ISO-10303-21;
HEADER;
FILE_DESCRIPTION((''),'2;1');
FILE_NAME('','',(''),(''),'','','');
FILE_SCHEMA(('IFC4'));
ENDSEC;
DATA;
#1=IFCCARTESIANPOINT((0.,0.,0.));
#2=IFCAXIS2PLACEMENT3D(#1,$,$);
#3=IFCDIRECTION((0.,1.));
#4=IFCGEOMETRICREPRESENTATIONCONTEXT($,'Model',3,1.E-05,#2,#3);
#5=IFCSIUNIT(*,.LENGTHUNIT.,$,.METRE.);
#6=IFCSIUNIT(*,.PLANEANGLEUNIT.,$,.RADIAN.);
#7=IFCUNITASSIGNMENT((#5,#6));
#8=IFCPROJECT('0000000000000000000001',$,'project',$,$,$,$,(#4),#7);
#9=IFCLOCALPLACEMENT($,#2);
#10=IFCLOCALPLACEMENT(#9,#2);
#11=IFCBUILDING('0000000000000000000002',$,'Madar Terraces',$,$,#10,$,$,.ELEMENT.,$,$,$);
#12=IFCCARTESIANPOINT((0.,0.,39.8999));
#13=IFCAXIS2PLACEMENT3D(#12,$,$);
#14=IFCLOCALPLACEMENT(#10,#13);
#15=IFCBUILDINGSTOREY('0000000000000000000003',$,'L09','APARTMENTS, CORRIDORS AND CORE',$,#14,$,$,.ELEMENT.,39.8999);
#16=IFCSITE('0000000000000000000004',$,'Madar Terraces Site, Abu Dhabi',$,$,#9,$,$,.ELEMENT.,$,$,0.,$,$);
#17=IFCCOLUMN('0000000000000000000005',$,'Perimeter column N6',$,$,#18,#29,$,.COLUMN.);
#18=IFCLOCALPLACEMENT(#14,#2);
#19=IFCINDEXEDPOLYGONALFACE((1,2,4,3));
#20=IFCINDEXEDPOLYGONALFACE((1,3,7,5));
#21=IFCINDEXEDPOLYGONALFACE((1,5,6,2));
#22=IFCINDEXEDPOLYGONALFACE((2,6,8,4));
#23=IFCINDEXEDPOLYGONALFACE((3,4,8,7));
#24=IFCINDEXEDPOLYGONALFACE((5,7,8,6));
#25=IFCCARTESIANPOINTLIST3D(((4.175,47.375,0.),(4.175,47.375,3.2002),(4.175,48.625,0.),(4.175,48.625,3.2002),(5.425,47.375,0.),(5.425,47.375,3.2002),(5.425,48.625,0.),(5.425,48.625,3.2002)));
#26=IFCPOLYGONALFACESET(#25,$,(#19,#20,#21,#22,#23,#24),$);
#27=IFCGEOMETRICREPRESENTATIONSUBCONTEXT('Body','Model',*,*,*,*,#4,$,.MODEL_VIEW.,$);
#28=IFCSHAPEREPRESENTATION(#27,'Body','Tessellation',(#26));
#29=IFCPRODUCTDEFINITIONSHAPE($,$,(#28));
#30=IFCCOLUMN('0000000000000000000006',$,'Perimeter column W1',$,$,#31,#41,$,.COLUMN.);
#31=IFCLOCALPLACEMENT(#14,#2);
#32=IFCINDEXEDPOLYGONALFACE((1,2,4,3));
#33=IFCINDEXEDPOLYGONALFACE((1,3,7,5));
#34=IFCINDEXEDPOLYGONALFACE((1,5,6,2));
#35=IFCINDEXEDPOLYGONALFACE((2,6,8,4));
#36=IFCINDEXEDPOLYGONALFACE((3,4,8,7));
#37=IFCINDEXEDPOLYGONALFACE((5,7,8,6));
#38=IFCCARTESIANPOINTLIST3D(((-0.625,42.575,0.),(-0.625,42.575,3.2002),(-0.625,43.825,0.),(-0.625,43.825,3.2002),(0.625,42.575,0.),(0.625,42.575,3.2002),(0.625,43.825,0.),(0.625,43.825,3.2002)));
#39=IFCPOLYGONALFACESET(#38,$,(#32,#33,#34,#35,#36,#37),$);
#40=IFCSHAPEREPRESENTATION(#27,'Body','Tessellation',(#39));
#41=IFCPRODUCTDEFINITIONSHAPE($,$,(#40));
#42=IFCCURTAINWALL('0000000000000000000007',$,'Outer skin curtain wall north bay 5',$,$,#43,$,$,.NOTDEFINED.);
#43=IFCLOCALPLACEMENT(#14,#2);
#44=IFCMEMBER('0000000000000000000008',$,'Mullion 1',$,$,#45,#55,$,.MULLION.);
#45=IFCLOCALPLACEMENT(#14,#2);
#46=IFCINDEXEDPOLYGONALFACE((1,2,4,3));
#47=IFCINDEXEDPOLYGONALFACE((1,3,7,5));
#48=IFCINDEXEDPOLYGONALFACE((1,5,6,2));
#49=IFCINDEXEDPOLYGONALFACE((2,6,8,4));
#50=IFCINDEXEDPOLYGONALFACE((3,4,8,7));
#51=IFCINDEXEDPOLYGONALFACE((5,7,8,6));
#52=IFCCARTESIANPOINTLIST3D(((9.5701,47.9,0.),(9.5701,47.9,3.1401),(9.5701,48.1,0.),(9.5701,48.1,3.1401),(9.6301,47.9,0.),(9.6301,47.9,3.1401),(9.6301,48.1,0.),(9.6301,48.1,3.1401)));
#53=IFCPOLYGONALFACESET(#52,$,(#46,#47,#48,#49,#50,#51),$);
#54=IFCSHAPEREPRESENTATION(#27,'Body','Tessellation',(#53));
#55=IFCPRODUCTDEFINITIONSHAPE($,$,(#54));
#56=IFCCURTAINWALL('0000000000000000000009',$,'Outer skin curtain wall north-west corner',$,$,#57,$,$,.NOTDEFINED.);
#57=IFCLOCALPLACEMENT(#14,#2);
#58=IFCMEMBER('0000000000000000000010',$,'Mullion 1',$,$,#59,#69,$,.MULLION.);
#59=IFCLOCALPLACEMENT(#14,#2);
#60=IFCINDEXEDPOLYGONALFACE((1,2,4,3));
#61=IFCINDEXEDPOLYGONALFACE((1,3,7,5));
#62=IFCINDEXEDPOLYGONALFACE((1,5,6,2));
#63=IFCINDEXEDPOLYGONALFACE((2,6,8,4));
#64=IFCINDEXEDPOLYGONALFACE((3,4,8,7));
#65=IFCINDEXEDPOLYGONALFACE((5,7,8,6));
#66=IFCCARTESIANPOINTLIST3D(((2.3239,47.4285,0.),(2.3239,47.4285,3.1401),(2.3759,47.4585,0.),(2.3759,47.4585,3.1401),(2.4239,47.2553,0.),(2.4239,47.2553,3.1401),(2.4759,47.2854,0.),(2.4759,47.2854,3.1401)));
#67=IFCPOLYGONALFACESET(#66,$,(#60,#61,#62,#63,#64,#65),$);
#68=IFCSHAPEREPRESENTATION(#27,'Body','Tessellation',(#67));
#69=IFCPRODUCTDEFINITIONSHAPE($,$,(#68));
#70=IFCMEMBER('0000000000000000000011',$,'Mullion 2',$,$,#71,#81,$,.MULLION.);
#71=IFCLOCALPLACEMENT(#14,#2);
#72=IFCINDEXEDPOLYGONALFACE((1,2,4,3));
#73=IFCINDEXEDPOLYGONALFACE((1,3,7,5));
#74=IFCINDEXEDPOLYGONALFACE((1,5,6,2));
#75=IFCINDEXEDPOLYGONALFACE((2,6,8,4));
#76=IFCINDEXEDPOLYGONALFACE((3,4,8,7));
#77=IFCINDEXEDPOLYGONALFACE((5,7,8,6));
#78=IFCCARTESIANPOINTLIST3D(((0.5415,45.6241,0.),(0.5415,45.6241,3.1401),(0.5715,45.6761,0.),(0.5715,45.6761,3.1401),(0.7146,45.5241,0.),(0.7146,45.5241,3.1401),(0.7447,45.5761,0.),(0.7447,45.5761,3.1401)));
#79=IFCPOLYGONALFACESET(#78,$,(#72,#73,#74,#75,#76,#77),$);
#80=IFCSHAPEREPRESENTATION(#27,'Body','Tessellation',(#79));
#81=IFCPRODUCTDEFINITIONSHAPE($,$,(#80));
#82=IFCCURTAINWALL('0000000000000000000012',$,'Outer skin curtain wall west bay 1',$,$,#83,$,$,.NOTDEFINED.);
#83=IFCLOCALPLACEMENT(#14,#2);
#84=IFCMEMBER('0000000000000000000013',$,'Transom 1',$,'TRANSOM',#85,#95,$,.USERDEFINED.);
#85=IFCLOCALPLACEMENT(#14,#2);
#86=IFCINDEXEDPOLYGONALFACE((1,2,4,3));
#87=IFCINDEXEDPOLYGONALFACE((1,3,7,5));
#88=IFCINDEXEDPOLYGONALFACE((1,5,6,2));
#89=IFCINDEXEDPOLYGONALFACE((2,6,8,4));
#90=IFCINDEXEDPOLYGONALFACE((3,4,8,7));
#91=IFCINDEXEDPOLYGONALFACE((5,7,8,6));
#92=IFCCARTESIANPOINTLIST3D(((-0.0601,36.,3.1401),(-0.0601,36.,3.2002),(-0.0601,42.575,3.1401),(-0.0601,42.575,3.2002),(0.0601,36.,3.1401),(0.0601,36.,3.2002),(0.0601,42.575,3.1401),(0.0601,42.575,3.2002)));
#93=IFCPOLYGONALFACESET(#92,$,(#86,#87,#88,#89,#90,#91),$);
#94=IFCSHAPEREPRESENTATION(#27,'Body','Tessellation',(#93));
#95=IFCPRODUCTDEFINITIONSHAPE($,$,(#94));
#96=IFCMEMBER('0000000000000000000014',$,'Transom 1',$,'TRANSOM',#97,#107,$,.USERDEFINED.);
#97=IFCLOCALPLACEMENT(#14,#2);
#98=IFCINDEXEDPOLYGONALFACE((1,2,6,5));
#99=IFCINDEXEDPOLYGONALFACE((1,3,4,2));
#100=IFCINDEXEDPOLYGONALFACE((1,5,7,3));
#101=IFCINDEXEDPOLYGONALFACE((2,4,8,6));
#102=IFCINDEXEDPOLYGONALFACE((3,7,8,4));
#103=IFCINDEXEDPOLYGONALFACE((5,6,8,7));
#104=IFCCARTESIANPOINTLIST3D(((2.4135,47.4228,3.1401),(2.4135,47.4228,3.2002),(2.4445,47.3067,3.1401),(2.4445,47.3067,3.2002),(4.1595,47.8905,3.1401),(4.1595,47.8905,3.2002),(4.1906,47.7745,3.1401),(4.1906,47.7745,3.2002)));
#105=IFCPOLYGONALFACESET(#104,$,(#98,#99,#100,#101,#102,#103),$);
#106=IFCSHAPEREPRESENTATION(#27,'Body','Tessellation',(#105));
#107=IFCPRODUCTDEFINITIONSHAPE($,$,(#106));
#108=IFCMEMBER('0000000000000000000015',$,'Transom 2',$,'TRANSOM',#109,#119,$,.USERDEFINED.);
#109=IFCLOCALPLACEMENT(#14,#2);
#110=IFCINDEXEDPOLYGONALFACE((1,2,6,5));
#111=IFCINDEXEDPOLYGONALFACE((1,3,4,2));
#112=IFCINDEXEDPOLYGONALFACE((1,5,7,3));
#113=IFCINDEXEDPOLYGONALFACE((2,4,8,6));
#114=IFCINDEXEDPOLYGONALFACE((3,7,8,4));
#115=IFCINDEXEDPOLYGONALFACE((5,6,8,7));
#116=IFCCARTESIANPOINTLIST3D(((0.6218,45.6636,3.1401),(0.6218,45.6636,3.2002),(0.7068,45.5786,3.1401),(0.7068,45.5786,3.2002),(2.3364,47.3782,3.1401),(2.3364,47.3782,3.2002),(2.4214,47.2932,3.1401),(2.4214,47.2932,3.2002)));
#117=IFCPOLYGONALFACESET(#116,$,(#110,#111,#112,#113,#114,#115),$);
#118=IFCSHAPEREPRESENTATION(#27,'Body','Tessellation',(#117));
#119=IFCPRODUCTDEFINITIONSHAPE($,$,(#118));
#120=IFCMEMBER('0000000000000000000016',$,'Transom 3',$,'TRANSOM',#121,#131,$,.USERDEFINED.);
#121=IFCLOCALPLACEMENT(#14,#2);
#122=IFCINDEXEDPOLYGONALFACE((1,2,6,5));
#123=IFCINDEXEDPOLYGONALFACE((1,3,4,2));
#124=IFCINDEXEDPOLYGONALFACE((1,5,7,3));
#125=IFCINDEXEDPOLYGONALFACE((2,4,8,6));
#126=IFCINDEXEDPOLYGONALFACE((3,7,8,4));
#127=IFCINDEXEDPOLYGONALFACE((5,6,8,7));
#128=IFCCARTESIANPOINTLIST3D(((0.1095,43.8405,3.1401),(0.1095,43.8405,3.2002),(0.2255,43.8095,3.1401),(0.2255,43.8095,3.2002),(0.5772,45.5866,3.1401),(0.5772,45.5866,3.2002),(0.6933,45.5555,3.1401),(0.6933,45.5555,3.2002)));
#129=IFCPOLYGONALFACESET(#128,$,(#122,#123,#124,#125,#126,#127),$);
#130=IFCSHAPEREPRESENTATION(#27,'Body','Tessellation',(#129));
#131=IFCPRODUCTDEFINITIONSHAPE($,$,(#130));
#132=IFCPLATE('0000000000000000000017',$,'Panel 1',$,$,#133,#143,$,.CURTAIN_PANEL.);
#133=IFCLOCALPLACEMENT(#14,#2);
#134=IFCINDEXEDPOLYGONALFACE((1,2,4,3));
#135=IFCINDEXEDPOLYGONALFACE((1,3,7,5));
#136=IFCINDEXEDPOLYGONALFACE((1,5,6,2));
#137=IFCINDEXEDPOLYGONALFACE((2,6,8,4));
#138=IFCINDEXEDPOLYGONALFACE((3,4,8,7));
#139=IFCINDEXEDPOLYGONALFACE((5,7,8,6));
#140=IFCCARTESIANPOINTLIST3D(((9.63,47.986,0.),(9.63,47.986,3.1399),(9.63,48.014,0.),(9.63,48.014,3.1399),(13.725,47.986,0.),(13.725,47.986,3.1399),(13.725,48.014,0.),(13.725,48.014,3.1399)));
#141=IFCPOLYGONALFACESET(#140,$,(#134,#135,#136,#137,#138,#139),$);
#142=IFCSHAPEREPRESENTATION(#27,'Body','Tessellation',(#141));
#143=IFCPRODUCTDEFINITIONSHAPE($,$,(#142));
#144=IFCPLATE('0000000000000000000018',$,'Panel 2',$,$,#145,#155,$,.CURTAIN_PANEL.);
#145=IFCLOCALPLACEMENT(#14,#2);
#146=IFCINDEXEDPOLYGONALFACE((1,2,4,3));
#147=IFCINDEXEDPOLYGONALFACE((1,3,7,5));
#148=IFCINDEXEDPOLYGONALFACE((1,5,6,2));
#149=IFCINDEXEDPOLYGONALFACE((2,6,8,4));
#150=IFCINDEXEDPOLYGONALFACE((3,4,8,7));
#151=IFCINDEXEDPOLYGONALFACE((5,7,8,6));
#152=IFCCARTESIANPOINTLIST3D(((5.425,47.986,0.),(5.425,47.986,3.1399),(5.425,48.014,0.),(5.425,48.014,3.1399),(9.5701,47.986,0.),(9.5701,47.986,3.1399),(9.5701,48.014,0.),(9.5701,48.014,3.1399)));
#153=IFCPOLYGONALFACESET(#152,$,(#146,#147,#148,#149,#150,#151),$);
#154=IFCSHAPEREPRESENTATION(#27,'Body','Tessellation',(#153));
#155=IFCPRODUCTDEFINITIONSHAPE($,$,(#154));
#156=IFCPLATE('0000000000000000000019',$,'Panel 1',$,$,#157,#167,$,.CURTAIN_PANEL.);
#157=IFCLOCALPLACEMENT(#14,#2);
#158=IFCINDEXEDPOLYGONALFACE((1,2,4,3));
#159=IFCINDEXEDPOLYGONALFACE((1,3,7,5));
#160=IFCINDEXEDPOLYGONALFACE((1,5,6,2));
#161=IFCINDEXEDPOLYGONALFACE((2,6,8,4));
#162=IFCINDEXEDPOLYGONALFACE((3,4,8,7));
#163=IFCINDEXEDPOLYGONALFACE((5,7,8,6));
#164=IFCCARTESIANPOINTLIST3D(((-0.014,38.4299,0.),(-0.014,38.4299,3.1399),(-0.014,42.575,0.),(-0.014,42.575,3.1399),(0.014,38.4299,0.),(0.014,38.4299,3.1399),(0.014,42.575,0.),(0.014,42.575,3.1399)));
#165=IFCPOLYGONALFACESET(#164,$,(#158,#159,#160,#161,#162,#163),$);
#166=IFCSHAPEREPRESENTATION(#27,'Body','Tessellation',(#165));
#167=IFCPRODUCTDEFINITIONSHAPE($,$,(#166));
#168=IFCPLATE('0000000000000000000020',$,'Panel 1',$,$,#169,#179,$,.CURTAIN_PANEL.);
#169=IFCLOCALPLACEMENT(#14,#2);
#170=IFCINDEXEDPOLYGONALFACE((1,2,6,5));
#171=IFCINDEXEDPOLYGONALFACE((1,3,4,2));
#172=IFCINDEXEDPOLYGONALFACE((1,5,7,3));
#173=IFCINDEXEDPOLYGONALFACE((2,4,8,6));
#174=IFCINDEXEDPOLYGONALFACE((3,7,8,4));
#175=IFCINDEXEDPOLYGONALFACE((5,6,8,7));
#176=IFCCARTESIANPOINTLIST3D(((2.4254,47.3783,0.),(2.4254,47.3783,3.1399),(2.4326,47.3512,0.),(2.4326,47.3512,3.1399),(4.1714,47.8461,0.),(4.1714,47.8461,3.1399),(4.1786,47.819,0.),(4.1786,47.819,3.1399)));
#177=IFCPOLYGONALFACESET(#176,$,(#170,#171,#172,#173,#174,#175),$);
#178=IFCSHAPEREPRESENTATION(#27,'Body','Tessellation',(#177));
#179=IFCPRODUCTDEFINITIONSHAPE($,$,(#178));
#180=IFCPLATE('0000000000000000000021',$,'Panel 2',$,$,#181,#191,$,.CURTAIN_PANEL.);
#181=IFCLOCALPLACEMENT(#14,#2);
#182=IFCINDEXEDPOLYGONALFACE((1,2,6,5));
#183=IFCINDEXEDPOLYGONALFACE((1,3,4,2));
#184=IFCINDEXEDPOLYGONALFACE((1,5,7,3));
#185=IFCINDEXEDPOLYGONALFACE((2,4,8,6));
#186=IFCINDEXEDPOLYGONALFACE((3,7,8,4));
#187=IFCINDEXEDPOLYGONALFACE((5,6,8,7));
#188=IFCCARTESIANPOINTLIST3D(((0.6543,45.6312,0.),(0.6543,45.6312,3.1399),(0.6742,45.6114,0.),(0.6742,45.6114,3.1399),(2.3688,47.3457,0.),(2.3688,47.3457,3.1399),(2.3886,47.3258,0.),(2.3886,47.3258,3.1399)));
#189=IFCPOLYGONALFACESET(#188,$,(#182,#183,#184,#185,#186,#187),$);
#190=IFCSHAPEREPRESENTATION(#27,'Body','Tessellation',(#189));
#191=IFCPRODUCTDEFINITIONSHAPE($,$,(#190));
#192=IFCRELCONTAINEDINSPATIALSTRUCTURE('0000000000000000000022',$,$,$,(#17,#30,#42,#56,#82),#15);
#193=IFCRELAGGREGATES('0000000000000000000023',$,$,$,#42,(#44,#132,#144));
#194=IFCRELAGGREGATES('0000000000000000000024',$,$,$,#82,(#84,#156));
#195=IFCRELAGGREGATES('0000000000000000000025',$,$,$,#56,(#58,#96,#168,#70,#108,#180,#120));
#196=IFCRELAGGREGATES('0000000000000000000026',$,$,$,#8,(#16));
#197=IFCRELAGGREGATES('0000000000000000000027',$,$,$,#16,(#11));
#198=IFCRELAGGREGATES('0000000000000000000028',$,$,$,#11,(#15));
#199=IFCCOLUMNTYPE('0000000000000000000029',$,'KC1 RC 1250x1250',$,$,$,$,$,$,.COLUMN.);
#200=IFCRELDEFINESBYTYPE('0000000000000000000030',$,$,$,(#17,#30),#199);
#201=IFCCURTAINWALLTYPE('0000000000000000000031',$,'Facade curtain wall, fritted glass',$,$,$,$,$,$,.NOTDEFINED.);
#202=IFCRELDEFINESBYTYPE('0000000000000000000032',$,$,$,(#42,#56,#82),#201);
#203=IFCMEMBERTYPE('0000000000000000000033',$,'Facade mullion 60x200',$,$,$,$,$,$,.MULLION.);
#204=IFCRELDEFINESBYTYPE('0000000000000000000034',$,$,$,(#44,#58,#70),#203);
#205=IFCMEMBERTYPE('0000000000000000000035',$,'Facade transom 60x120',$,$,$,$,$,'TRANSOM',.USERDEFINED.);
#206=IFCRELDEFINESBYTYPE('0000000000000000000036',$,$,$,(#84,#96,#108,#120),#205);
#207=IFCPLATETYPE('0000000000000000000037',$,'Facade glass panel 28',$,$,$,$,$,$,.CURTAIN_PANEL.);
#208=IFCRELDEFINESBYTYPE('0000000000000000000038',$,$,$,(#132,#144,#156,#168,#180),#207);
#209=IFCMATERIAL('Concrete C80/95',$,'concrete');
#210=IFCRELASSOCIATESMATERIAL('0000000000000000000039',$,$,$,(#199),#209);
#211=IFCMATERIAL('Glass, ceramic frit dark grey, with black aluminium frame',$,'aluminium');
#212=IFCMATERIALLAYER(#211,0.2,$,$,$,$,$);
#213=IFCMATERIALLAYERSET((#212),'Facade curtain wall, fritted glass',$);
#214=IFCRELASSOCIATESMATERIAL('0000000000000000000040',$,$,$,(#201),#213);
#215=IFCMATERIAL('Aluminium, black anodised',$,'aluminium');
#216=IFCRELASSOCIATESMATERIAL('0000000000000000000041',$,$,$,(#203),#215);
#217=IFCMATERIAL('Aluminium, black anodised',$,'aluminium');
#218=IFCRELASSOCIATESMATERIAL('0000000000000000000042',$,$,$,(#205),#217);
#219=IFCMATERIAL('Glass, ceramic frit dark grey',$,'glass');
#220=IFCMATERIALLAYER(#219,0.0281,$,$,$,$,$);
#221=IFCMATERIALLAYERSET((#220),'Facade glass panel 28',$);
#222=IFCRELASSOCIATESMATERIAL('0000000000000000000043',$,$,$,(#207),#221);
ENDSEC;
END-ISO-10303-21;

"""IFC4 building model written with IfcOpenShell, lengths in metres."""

from ifc_helpers import new_model, si_unit, direction, frame, origin, origin_2d, place, context, subcontext, project, spatial, rectangle, extrude, material, layer, layer_set, material_profile, profile_set, type_object, element, aggregate, save


model = new_model("IFC4")

# Units and contexts
model_context = context("Model", 3, precision=1e-05, world=origin(), true_north=direction((0.0, 1.0)))
body_context = subcontext(model_context, "Body", "Model", "MODEL_VIEW")
ifc_project = project(units=[si_unit("LENGTHUNIT", "METRE"), si_unit("PLANEANGLEUNIT", "RADIAN")], contexts=[model_context])

# Site, building, storey
site_placement = place(None, origin())
site = spatial("IfcSite", under=ifc_project, at=site_placement, Name="Madar Terraces Site, Abu Dhabi", CompositionType="ELEMENT", RefElevation=0.0)
building_placement = place(site_placement, origin())
building = spatial("IfcBuilding", under=site, at=building_placement, Name="Madar Terraces", CompositionType="ELEMENT")
storey_placement = place(building_placement, frame((0.0, 0.0, 39.8999)))
storey = spatial("IfcBuildingStorey", under=building, at=storey_placement, Name="L09", Description="APARTMENTS, CORRIDORS AND CORE", CompositionType="ELEMENT", Elevation=39.8999)

# Columns
ifc_material_1 = material(Name="Concrete C80/95", Category="concrete")
ifc_material_profile_1 = material_profile(ifc_material_1, rectangle(XDim=1.25, YDim=1.25, at=origin_2d()), Name="KC1 RC 1250x1250")
ifc_profile_set_1 = profile_set([ifc_material_profile_1], Name="Concrete C80/95")
column_type = type_object("IfcColumnType", Name="KC1 RC 1250x1250", PredefinedType="COLUMN", material=ifc_profile_set_1)
for number, where, z_axis, x_axis, name in (
    (1, (4.8, 48.0, 0.0), (0.0, 0.0, 1.0), (1.0, 0.0, 0.0), "Perimeter column N6"),
    (2, (0.0, 43.2, 0.0), (0.0, 0.0, 1.0), (1.0, 0.0, 0.0), "Perimeter column W1"),
):
    element("IfcColumn", number, at=place(storey_placement, frame(where, z_axis=z_axis, x_axis=x_axis)), inside=storey, type_object=column_type, Name=name, PredefinedType="COLUMN", context=body_context, shape_type="SweptSolid", body=[
        extrude(rectangle(XDim=1.25, YDim=1.25, at=origin_2d()), origin(), (0.0, 0.0, 1.0), 3.2002),
    ])

# Curtain wall, member
ifc_material_2 = material(Name="Glass, ceramic frit dark grey, with black aluminium frame", Category="aluminium")
ifc_layer_1 = layer(ifc_material_2, 0.2)
ifc_layer_set_1 = layer_set([ifc_layer_1], Name="Facade curtain wall, fritted glass")
curtain_wall_type = type_object("IfcCurtainWallType", Name="Facade curtain wall, fritted glass", PredefinedType="NOTDEFINED", material=ifc_layer_set_1)
curtain_wall_1_placement = place(storey_placement, origin())
curtain_wall_1 = element("IfcCurtainWall", 3, at=curtain_wall_1_placement, inside=storey, type_object=curtain_wall_type, Name="Outer skin curtain wall north bay 5", PredefinedType="NOTDEFINED")
ifc_material_3 = material(Name="Aluminium, black anodised", Category="aluminium")
ifc_material_profile_2 = material_profile(ifc_material_3, rectangle(XDim=0.2, YDim=0.0601, at=origin_2d()), Name="Facade mullion 60x200")
ifc_profile_set_2 = profile_set([ifc_material_profile_2], Name="Aluminium, black anodised")
member_type_1 = type_object("IfcMemberType", Name="Facade mullion 60x200", PredefinedType="MULLION", material=ifc_profile_set_2)
member_1_placement = place(storey_placement, frame((9.6001, 48.0, 0.0), z_axis=(0.0, 0.0, 1.0), x_axis=(0.0, -1.0, 0.0)))
member_1 = element("IfcMember", 4, at=member_1_placement, type_object=member_type_1, Name="Mullion 1", PredefinedType="MULLION", context=body_context, shape_type="SweptSolid", body=[
    extrude(rectangle(XDim=0.2, YDim=0.0601, at=origin_2d()), origin(), (0.0, 0.0, 1.0), 3.1401),
])

# Curtain wall, members
curtain_wall_2_placement = place(storey_placement, origin())
curtain_wall_2 = element("IfcCurtainWall", 5, at=curtain_wall_2_placement, inside=storey, type_object=curtain_wall_type, Name="Outer skin curtain wall north-west corner", PredefinedType="NOTDEFINED")
member_2_placement = place(storey_placement, frame((2.3999, 47.3569, 0.0), z_axis=(0.0, 0.0, 1.0), x_axis=(0.5, -0.866025, 0.0)))
member_2 = element("IfcMember", 6, at=member_2_placement, type_object=member_type_1, Name="Mullion 1", PredefinedType="MULLION", context=body_context, shape_type="SweptSolid", body=[
    extrude(rectangle(XDim=0.2, YDim=0.0601, at=origin_2d()), origin(), (0.0, 0.0, 1.0), 3.1401),
])
member_3_placement = place(storey_placement, frame((0.6431, 45.6001, 0.0), z_axis=(0.0, 0.0, 1.0), x_axis=(0.866025, -0.5, 0.0)))
member_3 = element("IfcMember", 7, at=member_3_placement, type_object=member_type_1, Name="Mullion 2", PredefinedType="MULLION", context=body_context, shape_type="SweptSolid", body=[
    extrude(rectangle(XDim=0.2, YDim=0.0601, at=origin_2d()), origin(), (0.0, 0.0, 1.0), 3.1401),
])

# Curtain wall, member
curtain_wall_3_placement = place(storey_placement, origin())
curtain_wall_3 = element("IfcCurtainWall", 8, at=curtain_wall_3_placement, inside=storey, type_object=curtain_wall_type, Name="Outer skin curtain wall west bay 1", PredefinedType="NOTDEFINED")
ifc_material_4 = material(Name="Aluminium, black anodised", Category="aluminium")
ifc_material_profile_3 = material_profile(ifc_material_4, rectangle(XDim=0.1201, YDim=0.0601, at=origin_2d()), Name="Facade transom 60x120")
ifc_profile_set_3 = profile_set([ifc_material_profile_3], Name="Aluminium, black anodised")
member_type_2 = type_object("IfcMemberType", Name="Facade transom 60x120", ElementType="TRANSOM", PredefinedType="USERDEFINED", material=ifc_profile_set_3)
member_4_placement = place(storey_placement, frame((0.0, 42.575, 3.1702), z_axis=(0.0, -1.0, 0.0), x_axis=(1.0, 0.0, 0.0)))
member_4 = element("IfcMember", 9, at=member_4_placement, type_object=member_type_2, Name="Transom 1", ObjectType="TRANSOM", PredefinedType="USERDEFINED", context=body_context, shape_type="SweptSolid", body=[
    extrude(rectangle(XDim=0.1201, YDim=0.0601, at=origin_2d()), origin(), (0.0, 0.0, 1.0), 6.575),
])

# Members
member_5_placement = place(storey_placement, frame((4.175, 47.8325, 3.1702), z_axis=(-0.965938, -0.258772, 0.0), x_axis=(0.258772, -0.965938, 0.0)))
member_5 = element("IfcMember", 10, at=member_5_placement, type_object=member_type_2, Name="Transom 1", ObjectType="TRANSOM", PredefinedType="USERDEFINED", context=body_context, shape_type="SweptSolid", body=[
    extrude(rectangle(XDim=0.1201, YDim=0.0601, at=origin_2d()), origin(), (0.0, 0.0, 1.0), 1.8076),
])
member_6_placement = place(storey_placement, frame((2.3789, 47.3357, 3.1702), z_axis=(-0.707107, -0.707107, 0.0), x_axis=(0.707107, -0.707107, 0.0)))
member_6 = element("IfcMember", 11, at=member_6_placement, type_object=member_type_2, Name="Transom 2", ObjectType="TRANSOM", PredefinedType="USERDEFINED", context=body_context, shape_type="SweptSolid", body=[
    extrude(rectangle(XDim=0.1201, YDim=0.0601, at=origin_2d()), origin(), (0.0, 0.0, 1.0), 2.4248),
])
member_7_placement = place(storey_placement, frame((0.6353, 45.571, 3.1702), z_axis=(-0.258772, -0.965938, 0.0), x_axis=(0.965938, -0.258772, 0.0)))
member_7 = element("IfcMember", 12, at=member_7_placement, type_object=member_type_2, Name="Transom 3", ObjectType="TRANSOM", PredefinedType="USERDEFINED", context=body_context, shape_type="SweptSolid", body=[
    extrude(rectangle(XDim=0.1201, YDim=0.0601, at=origin_2d()), origin(), (0.0, 0.0, 1.0), 1.8076),
])

# Plates
ifc_material_5 = material(Name="Glass, ceramic frit dark grey", Category="glass")
ifc_layer_2 = layer(ifc_material_5, 0.0281)
ifc_layer_set_2 = layer_set([ifc_layer_2], Name="Facade glass panel 28")
plate_type = type_object("IfcPlateType", Name="Facade glass panel 28", PredefinedType="CURTAIN_PANEL", material=ifc_layer_set_2)
plate_1_placement = place(storey_placement, frame((11.6775, 48.0, 0.0), z_axis=(0.0, 0.0, 1.0), x_axis=(-1.0, 0.0, 0.0)))
plate_1 = element("IfcPlate", 13, at=plate_1_placement, type_object=plate_type, Name="Panel 1", PredefinedType="CURTAIN_PANEL", context=body_context, shape_type="SweptSolid", body=[
    extrude(rectangle(XDim=4.095, YDim=0.0281, at=origin_2d()), origin(), (0.0, 0.0, 1.0), 3.1399),
])
plate_2_placement = place(storey_placement, frame((7.4976, 48.0, 0.0), z_axis=(0.0, 0.0, 1.0), x_axis=(-1.0, 0.0, 0.0)))
plate_2 = element("IfcPlate", 14, at=plate_2_placement, type_object=plate_type, Name="Panel 2", PredefinedType="CURTAIN_PANEL", context=body_context, shape_type="SweptSolid", body=[
    extrude(rectangle(XDim=4.145, YDim=0.0281, at=origin_2d()), origin(), (0.0, 0.0, 1.0), 3.1399),
])
aggregate(curtain_wall_1, [member_1, plate_1, plate_2])
plate_3_placement = place(storey_placement, frame((0.0, 40.5024, 0.0), z_axis=(0.0, 0.0, 1.0), x_axis=(0.0, -1.0, 0.0)))
plate_3 = element("IfcPlate", 15, at=plate_3_placement, type_object=plate_type, Name="Panel 1", PredefinedType="CURTAIN_PANEL", context=body_context, shape_type="SweptSolid", body=[
    extrude(rectangle(XDim=4.145, YDim=0.0281, at=origin_2d()), origin(), (0.0, 0.0, 1.0), 3.1399),
])
aggregate(curtain_wall_3, [member_4, plate_3])
plate_4_placement = place(storey_placement, frame((3.302, 47.5986, 0.0), z_axis=(0.0, 0.0, 1.0), x_axis=(-0.965926, -0.258819, 0.0)))
plate_4 = element("IfcPlate", 16, at=plate_4_placement, type_object=plate_type, Name="Panel 1", PredefinedType="CURTAIN_PANEL", context=body_context, shape_type="SweptSolid", body=[
    extrude(rectangle(XDim=1.8076, YDim=0.0281, at=origin_2d()), origin(), (0.0, 0.0, 1.0), 3.1399),
])
plate_5_placement = place(storey_placement, frame((1.5215, 46.4785, 0.0), z_axis=(0.0, 0.0, 1.0), x_axis=(-0.707107, -0.707107, 0.0)))
plate_5 = element("IfcPlate", 17, at=plate_5_placement, type_object=plate_type, Name="Panel 2", PredefinedType="CURTAIN_PANEL", context=body_context, shape_type="SweptSolid", body=[
    extrude(rectangle(XDim=2.4246, YDim=0.0281, at=origin_2d()), origin(), (0.0, 0.0, 1.0), 3.1399),
])
aggregate(curtain_wall_2, [member_2, member_5, plate_4, member_3, member_6, plate_5, member_7])

save(model, "model.ifc")
